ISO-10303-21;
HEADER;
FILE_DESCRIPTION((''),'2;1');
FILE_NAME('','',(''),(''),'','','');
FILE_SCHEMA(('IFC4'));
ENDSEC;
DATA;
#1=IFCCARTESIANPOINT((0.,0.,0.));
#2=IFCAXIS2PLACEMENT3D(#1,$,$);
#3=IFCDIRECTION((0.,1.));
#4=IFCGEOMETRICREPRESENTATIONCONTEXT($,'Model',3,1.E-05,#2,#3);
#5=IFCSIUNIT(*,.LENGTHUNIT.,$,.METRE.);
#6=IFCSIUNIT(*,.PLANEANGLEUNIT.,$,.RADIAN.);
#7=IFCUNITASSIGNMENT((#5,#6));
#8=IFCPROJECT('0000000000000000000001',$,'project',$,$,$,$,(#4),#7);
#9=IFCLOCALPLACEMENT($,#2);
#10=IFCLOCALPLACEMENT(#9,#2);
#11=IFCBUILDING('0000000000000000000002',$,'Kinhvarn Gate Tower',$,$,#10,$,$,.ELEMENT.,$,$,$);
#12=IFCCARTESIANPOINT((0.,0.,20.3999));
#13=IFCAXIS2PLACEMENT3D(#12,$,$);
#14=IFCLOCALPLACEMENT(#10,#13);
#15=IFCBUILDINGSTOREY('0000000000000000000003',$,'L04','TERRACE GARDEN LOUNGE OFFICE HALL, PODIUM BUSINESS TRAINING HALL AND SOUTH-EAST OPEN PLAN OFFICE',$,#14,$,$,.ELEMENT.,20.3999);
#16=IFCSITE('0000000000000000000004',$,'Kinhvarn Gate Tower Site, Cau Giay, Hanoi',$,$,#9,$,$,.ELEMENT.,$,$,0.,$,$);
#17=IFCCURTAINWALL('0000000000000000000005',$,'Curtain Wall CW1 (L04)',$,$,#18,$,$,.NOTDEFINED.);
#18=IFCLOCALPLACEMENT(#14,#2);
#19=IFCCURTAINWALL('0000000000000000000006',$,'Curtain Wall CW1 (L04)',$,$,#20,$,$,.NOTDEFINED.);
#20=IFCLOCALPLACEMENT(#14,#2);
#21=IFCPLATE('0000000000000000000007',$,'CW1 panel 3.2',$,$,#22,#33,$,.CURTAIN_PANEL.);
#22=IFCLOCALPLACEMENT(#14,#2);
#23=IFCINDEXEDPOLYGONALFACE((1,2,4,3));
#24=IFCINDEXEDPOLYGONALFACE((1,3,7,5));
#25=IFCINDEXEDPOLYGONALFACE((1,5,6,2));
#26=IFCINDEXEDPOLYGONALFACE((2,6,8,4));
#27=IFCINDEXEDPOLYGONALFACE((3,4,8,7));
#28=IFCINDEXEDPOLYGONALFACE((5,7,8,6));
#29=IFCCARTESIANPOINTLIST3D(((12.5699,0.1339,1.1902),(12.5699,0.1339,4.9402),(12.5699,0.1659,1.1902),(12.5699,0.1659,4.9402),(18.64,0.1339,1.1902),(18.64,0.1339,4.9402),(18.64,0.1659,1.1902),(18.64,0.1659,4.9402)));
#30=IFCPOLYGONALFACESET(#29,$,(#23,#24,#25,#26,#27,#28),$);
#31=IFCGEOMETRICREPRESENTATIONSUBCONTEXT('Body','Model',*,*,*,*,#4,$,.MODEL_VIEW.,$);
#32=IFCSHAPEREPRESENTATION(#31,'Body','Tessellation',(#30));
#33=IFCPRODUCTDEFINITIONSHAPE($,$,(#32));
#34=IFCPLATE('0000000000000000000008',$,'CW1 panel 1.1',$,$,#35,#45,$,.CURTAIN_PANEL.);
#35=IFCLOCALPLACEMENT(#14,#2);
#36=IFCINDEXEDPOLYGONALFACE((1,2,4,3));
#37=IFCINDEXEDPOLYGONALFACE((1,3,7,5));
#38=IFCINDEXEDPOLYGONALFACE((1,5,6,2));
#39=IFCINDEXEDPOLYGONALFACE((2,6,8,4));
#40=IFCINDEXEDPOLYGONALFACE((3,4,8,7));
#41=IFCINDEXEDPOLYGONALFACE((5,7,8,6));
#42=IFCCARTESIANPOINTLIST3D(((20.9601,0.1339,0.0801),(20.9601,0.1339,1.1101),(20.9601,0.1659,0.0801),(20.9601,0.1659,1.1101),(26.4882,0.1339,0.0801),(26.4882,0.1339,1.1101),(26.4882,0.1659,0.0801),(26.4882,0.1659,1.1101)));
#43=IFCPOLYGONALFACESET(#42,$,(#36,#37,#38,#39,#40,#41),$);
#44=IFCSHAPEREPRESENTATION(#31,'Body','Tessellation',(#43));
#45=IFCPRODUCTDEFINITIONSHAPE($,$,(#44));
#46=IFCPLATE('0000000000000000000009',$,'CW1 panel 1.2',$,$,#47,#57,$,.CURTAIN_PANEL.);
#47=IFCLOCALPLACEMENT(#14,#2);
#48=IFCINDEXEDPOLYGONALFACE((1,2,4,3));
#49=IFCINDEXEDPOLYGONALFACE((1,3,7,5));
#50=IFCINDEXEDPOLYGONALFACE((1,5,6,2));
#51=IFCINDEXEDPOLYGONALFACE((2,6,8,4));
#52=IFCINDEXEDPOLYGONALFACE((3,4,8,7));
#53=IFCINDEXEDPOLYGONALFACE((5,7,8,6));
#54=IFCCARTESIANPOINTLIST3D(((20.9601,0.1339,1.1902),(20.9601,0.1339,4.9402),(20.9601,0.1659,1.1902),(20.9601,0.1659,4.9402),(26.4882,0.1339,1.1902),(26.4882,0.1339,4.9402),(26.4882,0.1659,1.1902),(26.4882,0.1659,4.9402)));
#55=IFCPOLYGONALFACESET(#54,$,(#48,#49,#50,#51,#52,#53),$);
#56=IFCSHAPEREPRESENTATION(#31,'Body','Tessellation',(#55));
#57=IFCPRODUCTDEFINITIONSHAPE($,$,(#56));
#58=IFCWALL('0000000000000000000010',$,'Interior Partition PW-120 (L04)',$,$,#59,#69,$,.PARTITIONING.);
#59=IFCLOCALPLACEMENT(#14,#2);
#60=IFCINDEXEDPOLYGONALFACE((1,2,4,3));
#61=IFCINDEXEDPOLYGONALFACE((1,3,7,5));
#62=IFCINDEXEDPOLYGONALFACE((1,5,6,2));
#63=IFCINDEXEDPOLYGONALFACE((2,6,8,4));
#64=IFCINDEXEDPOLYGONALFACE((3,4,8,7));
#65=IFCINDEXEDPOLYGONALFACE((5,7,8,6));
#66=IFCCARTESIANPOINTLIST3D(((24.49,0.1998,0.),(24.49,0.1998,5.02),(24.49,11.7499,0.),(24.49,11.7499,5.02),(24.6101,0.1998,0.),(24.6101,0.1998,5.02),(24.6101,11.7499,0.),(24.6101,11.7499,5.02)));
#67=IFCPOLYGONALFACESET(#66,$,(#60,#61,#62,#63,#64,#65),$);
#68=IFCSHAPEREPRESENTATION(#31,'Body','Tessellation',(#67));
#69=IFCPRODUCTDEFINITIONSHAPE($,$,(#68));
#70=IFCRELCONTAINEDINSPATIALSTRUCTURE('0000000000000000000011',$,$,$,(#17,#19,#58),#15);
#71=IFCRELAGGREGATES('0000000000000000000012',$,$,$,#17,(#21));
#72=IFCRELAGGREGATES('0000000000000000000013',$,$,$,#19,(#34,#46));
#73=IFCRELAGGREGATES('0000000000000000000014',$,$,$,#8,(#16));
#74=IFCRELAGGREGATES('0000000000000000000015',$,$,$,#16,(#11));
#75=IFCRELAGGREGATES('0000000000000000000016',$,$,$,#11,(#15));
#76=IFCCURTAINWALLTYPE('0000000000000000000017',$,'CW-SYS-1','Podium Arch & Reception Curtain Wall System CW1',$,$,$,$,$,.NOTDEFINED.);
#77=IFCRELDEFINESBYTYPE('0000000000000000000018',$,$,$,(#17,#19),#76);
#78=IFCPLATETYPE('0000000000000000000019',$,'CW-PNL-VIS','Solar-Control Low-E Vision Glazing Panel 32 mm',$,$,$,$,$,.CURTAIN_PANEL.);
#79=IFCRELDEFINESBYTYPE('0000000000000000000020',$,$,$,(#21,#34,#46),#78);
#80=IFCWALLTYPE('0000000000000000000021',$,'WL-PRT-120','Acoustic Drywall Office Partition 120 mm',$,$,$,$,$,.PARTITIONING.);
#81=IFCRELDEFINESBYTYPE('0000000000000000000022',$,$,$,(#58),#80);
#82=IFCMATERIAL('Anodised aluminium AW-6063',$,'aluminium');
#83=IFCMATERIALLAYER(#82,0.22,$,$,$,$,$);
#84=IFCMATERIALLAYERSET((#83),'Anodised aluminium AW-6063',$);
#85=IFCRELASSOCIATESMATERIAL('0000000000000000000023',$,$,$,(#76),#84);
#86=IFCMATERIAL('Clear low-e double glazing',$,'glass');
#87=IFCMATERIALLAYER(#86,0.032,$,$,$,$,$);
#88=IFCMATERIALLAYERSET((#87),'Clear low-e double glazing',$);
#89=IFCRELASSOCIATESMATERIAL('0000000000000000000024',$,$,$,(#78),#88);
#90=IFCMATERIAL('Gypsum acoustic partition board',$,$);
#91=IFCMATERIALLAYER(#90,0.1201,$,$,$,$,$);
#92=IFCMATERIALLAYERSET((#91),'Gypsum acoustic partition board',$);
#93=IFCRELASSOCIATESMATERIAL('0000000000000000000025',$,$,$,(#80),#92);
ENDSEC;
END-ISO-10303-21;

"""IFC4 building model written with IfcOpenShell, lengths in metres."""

from ifc_helpers import new_model, si_unit, direction, frame, frame_2d, origin, origin_2d, place, context, subcontext, project, spatial, rectangle, extrude, material, layer, layer_set, type_object, element, aggregate, save


model = new_model("IFC4")

# Units and contexts
model_context = context("Model", 3, precision=1e-05, world=origin(), true_north=direction((0.0, 1.0)))
body_context = subcontext(model_context, "Body", "Model", "MODEL_VIEW")
ifc_project = project(units=[si_unit("LENGTHUNIT", "METRE"), si_unit("PLANEANGLEUNIT", "RADIAN")], contexts=[model_context])

# Site, building, storey
site_placement = place(None, origin())
site = spatial("IfcSite", under=ifc_project, at=site_placement, Name="Kinhvarn Gate Tower Site, Cau Giay, Hanoi", CompositionType="ELEMENT", RefElevation=0.0)
building_placement = place(site_placement, origin())
building = spatial("IfcBuilding", under=site, at=building_placement, Name="Kinhvarn Gate Tower", CompositionType="ELEMENT")
storey_placement = place(building_placement, frame((0.0, 0.0, 20.3999)))
storey = spatial("IfcBuildingStorey", under=building, at=storey_placement, Name="L04", Description="TERRACE GARDEN LOUNGE OFFICE HALL, PODIUM BUSINESS TRAINING HALL AND SOUTH-EAST OPEN PLAN OFFICE", CompositionType="ELEMENT", Elevation=20.3999)

# Curtain wall
ifc_material_1 = material(Name="Anodised aluminium AW-6063", Category="aluminium")
ifc_layer_1 = layer(ifc_material_1, 0.22)
ifc_layer_set_1 = layer_set([ifc_layer_1], Name="Anodised aluminium AW-6063")
curtain_wall_type = type_object("IfcCurtainWallType", Name="CW-SYS-1", Description="Podium Arch & Reception Curtain Wall System CW1", PredefinedType="NOTDEFINED", material=ifc_layer_set_1)
curtain_wall_1_placement = place(storey_placement, origin())
curtain_wall_1 = element("IfcCurtainWall", 1, at=curtain_wall_1_placement, inside=storey, type_object=curtain_wall_type, Name="Curtain Wall CW1 (L04)", PredefinedType="NOTDEFINED")

# Curtain wall
curtain_wall_2_placement = place(storey_placement, origin())
curtain_wall_2 = element("IfcCurtainWall", 2, at=curtain_wall_2_placement, inside=storey, type_object=curtain_wall_type, Name="Curtain Wall CW1 (L04)", PredefinedType="NOTDEFINED")

# Plates
ifc_material_2 = material(Name="Clear low-e double glazing", Category="glass")
ifc_layer_2 = layer(ifc_material_2, 0.032)
ifc_layer_set_2 = layer_set([ifc_layer_2], Name="Clear low-e double glazing")
plate_type = type_object("IfcPlateType", Name="CW-PNL-VIS", Description="Solar-Control Low-E Vision Glazing Panel 32 mm", PredefinedType="CURTAIN_PANEL", material=ifc_layer_set_2)
plate_1_placement = place(storey_placement, frame((15.605, 0.1499, 1.1902), z_axis=(0.0, 0.0, 1.0), x_axis=(1.0, 0.0, 0.0)))
plate_1 = element("IfcPlate", 3, at=plate_1_placement, type_object=plate_type, Name="CW1 panel 3.2", PredefinedType="CURTAIN_PANEL", context=body_context, shape_type="SweptSolid", body=[
    extrude(rectangle(XDim=6.0701, YDim=0.032, at=origin_2d()), origin(), (0.0, 0.0, 1.0), 3.75),
])
aggregate(curtain_wall_1, [plate_1])
plate_2_placement = place(storey_placement, frame((23.7241, 0.1499, 0.0801), z_axis=(0.0, 0.0, 1.0), x_axis=(1.0, 0.0, 0.0)))
plate_2 = element("IfcPlate", 4, at=plate_2_placement, type_object=plate_type, Name="CW1 panel 1.1", PredefinedType="CURTAIN_PANEL", context=body_context, shape_type="SweptSolid", body=[
    extrude(rectangle(XDim=5.5281, YDim=0.032, at=origin_2d()), origin(), (0.0, 0.0, 1.0), 1.03),
])
plate_3_placement = place(storey_placement, frame((23.7241, 0.1499, 1.1902), z_axis=(0.0, 0.0, 1.0), x_axis=(1.0, 0.0, 0.0)))
plate_3 = element("IfcPlate", 5, at=plate_3_placement, type_object=plate_type, Name="CW1 panel 1.2", PredefinedType="CURTAIN_PANEL", context=body_context, shape_type="SweptSolid", body=[
    extrude(rectangle(XDim=5.5281, YDim=0.032, at=origin_2d()), origin(), (0.0, 0.0, 1.0), 3.75),
])
aggregate(curtain_wall_2, [plate_2, plate_3])

# Wall
ifc_material_3 = material(Name="Gypsum acoustic partition board")
ifc_layer_3 = layer(ifc_material_3, 0.1201)
ifc_layer_set_3 = layer_set([ifc_layer_3], Name="Gypsum acoustic partition board")
wall_type_1 = type_object("IfcWallType", Name="WL-PRT-120", Description="Acoustic Drywall Office Partition 120 mm", PredefinedType="PARTITIONING", material=ifc_layer_set_3)
wall_1_placement = place(storey_placement, frame((24.55, 0.2, 0.0), z_axis=(0.0, 0.0, 1.0), x_axis=(0.0, 1.0, 0.0)))
element("IfcWall", 6, at=wall_1_placement, inside=storey, type_object=wall_type_1, Name="Interior Partition PW-120 (L04)", PredefinedType="PARTITIONING", context=body_context, shape_type="SweptSolid", body=[
    extrude(rectangle(XDim=11.55, YDim=0.1201, at=frame_2d((5.7749, 0.0))), origin(), (0.0, 0.0, 1.0), 5.02),
])

save(model, "model.ifc")
